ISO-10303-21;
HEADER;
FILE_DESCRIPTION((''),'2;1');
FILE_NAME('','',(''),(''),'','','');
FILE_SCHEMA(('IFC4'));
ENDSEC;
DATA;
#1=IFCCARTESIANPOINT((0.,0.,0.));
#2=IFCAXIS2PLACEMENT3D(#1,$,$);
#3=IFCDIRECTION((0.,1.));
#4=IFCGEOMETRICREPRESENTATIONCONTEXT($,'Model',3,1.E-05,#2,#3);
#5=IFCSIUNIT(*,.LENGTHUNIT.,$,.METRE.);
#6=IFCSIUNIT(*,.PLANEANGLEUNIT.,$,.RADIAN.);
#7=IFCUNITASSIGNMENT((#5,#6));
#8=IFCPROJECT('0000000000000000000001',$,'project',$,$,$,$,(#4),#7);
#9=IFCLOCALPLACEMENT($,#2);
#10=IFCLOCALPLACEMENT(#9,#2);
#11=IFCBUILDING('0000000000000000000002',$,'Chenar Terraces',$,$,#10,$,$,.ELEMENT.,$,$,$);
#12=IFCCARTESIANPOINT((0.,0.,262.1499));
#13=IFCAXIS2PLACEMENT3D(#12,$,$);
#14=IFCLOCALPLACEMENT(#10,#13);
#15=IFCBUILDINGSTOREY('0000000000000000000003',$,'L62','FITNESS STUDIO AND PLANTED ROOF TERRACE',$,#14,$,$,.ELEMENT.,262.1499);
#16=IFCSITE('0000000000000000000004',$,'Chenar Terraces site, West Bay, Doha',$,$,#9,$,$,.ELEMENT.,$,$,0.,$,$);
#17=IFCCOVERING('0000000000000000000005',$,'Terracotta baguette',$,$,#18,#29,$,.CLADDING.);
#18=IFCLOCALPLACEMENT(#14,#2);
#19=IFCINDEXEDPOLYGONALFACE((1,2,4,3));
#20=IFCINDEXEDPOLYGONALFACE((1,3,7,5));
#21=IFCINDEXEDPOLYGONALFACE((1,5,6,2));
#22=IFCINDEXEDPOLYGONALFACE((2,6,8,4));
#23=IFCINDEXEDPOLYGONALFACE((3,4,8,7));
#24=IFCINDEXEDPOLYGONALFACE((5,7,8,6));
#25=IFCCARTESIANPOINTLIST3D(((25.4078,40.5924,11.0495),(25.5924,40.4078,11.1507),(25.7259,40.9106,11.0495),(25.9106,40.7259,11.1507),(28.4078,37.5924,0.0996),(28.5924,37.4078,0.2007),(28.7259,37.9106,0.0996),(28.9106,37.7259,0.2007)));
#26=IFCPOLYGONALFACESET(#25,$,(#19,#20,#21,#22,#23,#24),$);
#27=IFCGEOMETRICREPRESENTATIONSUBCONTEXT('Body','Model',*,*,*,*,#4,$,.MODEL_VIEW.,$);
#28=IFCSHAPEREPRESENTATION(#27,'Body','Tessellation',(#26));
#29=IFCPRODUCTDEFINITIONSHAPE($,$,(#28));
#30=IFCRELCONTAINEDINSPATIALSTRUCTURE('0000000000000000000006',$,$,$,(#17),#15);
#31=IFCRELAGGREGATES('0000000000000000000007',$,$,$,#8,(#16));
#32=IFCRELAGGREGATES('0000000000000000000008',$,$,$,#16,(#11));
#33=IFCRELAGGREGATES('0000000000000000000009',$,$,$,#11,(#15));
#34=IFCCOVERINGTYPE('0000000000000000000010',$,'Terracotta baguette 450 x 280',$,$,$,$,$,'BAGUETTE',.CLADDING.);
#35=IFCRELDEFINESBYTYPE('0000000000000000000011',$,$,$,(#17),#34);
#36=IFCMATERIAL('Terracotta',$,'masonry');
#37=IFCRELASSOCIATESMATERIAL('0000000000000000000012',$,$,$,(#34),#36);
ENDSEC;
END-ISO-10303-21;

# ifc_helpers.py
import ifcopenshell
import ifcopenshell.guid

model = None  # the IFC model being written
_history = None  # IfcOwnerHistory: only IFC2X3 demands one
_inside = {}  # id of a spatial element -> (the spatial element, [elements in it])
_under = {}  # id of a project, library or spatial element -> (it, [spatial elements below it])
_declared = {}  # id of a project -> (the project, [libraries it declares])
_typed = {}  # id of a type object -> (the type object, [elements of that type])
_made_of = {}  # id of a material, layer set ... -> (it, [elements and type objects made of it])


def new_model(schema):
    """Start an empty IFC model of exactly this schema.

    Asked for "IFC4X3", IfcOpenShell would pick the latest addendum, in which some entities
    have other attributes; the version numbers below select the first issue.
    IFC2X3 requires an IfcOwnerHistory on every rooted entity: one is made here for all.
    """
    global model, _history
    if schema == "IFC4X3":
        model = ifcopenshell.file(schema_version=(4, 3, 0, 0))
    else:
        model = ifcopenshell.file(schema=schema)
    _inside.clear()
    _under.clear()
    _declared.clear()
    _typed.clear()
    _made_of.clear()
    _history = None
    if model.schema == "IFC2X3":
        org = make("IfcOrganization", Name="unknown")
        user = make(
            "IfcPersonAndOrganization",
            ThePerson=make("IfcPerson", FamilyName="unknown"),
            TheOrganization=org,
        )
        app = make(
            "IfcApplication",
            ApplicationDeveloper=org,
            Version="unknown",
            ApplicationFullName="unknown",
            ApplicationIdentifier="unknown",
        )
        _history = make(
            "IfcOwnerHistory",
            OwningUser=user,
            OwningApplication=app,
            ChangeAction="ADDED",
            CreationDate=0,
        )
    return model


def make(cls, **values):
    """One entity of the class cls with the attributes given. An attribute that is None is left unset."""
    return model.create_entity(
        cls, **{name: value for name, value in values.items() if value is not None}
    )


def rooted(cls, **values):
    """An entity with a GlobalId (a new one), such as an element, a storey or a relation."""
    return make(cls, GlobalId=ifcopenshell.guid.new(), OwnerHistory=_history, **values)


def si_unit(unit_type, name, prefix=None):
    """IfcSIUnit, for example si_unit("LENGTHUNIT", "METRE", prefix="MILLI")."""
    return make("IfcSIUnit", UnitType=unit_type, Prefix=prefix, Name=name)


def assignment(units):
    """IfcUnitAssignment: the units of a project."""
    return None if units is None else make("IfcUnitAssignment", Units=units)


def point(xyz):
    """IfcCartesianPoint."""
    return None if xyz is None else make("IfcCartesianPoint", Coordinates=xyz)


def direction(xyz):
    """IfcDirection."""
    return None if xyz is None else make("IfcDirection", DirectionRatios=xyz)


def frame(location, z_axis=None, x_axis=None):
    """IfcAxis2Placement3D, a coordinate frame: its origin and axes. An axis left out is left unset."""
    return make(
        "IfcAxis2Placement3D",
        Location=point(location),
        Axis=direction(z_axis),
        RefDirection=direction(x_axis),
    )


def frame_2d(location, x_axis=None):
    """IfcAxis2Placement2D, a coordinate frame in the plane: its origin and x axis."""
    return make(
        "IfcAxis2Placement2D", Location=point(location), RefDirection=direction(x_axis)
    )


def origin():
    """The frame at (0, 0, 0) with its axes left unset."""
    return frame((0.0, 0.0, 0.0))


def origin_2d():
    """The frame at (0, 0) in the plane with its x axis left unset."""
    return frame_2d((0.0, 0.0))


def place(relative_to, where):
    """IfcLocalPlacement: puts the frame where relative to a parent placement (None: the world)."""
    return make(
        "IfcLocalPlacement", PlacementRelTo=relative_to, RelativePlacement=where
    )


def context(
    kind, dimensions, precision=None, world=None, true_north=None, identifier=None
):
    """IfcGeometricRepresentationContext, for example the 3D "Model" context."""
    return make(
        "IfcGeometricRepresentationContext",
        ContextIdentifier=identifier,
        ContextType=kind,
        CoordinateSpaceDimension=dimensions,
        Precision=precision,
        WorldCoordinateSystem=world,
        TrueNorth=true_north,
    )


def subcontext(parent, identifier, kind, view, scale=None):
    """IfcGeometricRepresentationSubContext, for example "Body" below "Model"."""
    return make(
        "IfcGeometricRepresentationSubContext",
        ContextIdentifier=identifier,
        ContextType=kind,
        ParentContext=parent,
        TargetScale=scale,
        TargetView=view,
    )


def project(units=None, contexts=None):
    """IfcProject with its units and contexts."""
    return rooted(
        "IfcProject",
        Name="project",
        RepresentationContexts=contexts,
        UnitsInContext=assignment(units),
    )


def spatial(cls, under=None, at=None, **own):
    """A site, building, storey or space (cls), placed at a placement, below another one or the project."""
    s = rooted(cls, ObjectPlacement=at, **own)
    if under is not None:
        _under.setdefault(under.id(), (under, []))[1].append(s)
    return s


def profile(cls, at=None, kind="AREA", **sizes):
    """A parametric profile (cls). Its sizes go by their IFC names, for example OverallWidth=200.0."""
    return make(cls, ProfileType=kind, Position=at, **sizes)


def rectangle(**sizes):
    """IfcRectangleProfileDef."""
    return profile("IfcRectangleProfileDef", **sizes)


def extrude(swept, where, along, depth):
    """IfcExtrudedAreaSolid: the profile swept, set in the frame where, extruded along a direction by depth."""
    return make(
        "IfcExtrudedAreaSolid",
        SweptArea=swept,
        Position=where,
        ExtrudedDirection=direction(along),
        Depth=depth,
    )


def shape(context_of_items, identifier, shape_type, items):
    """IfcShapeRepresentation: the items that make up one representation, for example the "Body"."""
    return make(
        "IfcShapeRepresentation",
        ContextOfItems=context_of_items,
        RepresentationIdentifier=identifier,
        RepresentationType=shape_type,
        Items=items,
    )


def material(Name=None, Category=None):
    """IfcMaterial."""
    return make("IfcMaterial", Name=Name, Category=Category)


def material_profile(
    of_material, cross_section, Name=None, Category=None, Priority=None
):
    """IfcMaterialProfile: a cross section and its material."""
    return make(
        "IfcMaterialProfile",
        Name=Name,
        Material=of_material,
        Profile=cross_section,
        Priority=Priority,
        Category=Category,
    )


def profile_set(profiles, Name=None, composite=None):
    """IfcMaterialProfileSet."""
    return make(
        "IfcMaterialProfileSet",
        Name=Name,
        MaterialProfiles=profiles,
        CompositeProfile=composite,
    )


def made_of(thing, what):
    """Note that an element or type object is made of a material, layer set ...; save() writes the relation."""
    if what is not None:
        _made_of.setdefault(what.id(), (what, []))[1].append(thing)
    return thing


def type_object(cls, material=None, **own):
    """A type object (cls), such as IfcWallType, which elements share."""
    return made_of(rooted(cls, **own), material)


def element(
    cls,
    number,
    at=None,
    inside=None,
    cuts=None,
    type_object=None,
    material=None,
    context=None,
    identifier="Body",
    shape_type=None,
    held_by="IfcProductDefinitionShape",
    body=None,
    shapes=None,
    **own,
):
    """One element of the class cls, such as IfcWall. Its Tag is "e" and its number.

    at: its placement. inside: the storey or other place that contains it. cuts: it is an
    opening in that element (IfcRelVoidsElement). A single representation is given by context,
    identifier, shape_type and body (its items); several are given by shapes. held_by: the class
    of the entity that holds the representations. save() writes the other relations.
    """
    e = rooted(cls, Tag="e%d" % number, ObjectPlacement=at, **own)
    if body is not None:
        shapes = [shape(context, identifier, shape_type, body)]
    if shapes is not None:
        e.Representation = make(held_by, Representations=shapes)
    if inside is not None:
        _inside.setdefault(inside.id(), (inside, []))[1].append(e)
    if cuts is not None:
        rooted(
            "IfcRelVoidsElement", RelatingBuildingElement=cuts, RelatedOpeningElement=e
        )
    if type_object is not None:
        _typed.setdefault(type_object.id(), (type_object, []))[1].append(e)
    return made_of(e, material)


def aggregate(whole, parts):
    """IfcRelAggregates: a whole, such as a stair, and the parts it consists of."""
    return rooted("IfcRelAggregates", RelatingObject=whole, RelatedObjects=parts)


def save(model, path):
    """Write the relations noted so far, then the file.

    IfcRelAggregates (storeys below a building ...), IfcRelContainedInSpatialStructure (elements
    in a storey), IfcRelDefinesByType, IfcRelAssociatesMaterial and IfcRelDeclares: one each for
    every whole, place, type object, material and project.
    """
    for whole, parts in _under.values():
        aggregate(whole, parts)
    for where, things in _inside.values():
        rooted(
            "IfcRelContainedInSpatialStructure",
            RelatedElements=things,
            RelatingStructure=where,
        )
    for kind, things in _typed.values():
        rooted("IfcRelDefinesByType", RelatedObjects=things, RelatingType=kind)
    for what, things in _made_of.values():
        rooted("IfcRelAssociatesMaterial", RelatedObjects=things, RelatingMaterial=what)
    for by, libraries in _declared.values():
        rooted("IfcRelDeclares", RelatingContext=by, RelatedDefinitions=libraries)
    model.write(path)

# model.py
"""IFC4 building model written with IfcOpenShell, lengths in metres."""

from ifc_helpers import new_model, si_unit, direction, frame, origin, origin_2d, place, context, subcontext, project, spatial, rectangle, extrude, material, material_profile, profile_set, type_object, element, save


model = new_model("IFC4")

# Units and contexts
model_context = context("Model", 3, precision=1e-05, world=origin(), true_north=direction((0.0, 1.0)))
body_context = subcontext(model_context, "Body", "Model", "MODEL_VIEW")
ifc_project = project(units=[si_unit("LENGTHUNIT", "METRE"), si_unit("PLANEANGLEUNIT", "RADIAN")], contexts=[model_context])

# Site, building, storey
site_placement = place(None, origin())
site = spatial("IfcSite", under=ifc_project, at=site_placement, Name="Chenar Terraces site, West Bay, Doha", CompositionType="ELEMENT", RefElevation=0.0)
building_placement = place(site_placement, origin())
building = spatial("IfcBuilding", under=site, at=building_placement, Name="Chenar Terraces", CompositionType="ELEMENT")
storey_placement = place(building_placement, frame((0.0, 0.0, 262.1499)))
storey = spatial("IfcBuildingStorey", under=building, at=storey_placement, Name="L62", Description="FITNESS STUDIO AND PLANTED ROOF TERRACE", CompositionType="ELEMENT", Elevation=262.1499)

# Covering
ifc_material_1 = material(Name="Terracotta", Category="masonry")
ifc_material_profile_1 = material_profile(ifc_material_1, rectangle(XDim=0.45, YDim=0.28, at=origin_2d()), Name="Terracotta baguette 450 x 280")
ifc_profile_set_1 = profile_set([ifc_material_profile_1], Name="Terracotta")
covering_type = type_object("IfcCoveringType", Name="Terracotta baguette 450 x 280", ElementType="BAGUETTE", PredefinedType="CLADDING", material=ifc_profile_set_1)
covering_1_placement = place(storey_placement, frame((28.6592, 37.6592, 0.1501), z_axis=(-0.255468, 0.255468, 0.932455), x_axis=(-0.707107, -0.707107, 0.0)))
element("IfcCovering", 1, at=covering_1_placement, inside=storey, type_object=covering_type, Name="Terracotta baguette", PredefinedType="CLADDING", context=body_context, shape_type="SweptSolid", body=[
    extrude(rectangle(XDim=0.45, YDim=0.28, at=origin_2d()), origin(), (0.0, 0.0, 1.0), 11.7432),
])

save(model, "model.ifc")
